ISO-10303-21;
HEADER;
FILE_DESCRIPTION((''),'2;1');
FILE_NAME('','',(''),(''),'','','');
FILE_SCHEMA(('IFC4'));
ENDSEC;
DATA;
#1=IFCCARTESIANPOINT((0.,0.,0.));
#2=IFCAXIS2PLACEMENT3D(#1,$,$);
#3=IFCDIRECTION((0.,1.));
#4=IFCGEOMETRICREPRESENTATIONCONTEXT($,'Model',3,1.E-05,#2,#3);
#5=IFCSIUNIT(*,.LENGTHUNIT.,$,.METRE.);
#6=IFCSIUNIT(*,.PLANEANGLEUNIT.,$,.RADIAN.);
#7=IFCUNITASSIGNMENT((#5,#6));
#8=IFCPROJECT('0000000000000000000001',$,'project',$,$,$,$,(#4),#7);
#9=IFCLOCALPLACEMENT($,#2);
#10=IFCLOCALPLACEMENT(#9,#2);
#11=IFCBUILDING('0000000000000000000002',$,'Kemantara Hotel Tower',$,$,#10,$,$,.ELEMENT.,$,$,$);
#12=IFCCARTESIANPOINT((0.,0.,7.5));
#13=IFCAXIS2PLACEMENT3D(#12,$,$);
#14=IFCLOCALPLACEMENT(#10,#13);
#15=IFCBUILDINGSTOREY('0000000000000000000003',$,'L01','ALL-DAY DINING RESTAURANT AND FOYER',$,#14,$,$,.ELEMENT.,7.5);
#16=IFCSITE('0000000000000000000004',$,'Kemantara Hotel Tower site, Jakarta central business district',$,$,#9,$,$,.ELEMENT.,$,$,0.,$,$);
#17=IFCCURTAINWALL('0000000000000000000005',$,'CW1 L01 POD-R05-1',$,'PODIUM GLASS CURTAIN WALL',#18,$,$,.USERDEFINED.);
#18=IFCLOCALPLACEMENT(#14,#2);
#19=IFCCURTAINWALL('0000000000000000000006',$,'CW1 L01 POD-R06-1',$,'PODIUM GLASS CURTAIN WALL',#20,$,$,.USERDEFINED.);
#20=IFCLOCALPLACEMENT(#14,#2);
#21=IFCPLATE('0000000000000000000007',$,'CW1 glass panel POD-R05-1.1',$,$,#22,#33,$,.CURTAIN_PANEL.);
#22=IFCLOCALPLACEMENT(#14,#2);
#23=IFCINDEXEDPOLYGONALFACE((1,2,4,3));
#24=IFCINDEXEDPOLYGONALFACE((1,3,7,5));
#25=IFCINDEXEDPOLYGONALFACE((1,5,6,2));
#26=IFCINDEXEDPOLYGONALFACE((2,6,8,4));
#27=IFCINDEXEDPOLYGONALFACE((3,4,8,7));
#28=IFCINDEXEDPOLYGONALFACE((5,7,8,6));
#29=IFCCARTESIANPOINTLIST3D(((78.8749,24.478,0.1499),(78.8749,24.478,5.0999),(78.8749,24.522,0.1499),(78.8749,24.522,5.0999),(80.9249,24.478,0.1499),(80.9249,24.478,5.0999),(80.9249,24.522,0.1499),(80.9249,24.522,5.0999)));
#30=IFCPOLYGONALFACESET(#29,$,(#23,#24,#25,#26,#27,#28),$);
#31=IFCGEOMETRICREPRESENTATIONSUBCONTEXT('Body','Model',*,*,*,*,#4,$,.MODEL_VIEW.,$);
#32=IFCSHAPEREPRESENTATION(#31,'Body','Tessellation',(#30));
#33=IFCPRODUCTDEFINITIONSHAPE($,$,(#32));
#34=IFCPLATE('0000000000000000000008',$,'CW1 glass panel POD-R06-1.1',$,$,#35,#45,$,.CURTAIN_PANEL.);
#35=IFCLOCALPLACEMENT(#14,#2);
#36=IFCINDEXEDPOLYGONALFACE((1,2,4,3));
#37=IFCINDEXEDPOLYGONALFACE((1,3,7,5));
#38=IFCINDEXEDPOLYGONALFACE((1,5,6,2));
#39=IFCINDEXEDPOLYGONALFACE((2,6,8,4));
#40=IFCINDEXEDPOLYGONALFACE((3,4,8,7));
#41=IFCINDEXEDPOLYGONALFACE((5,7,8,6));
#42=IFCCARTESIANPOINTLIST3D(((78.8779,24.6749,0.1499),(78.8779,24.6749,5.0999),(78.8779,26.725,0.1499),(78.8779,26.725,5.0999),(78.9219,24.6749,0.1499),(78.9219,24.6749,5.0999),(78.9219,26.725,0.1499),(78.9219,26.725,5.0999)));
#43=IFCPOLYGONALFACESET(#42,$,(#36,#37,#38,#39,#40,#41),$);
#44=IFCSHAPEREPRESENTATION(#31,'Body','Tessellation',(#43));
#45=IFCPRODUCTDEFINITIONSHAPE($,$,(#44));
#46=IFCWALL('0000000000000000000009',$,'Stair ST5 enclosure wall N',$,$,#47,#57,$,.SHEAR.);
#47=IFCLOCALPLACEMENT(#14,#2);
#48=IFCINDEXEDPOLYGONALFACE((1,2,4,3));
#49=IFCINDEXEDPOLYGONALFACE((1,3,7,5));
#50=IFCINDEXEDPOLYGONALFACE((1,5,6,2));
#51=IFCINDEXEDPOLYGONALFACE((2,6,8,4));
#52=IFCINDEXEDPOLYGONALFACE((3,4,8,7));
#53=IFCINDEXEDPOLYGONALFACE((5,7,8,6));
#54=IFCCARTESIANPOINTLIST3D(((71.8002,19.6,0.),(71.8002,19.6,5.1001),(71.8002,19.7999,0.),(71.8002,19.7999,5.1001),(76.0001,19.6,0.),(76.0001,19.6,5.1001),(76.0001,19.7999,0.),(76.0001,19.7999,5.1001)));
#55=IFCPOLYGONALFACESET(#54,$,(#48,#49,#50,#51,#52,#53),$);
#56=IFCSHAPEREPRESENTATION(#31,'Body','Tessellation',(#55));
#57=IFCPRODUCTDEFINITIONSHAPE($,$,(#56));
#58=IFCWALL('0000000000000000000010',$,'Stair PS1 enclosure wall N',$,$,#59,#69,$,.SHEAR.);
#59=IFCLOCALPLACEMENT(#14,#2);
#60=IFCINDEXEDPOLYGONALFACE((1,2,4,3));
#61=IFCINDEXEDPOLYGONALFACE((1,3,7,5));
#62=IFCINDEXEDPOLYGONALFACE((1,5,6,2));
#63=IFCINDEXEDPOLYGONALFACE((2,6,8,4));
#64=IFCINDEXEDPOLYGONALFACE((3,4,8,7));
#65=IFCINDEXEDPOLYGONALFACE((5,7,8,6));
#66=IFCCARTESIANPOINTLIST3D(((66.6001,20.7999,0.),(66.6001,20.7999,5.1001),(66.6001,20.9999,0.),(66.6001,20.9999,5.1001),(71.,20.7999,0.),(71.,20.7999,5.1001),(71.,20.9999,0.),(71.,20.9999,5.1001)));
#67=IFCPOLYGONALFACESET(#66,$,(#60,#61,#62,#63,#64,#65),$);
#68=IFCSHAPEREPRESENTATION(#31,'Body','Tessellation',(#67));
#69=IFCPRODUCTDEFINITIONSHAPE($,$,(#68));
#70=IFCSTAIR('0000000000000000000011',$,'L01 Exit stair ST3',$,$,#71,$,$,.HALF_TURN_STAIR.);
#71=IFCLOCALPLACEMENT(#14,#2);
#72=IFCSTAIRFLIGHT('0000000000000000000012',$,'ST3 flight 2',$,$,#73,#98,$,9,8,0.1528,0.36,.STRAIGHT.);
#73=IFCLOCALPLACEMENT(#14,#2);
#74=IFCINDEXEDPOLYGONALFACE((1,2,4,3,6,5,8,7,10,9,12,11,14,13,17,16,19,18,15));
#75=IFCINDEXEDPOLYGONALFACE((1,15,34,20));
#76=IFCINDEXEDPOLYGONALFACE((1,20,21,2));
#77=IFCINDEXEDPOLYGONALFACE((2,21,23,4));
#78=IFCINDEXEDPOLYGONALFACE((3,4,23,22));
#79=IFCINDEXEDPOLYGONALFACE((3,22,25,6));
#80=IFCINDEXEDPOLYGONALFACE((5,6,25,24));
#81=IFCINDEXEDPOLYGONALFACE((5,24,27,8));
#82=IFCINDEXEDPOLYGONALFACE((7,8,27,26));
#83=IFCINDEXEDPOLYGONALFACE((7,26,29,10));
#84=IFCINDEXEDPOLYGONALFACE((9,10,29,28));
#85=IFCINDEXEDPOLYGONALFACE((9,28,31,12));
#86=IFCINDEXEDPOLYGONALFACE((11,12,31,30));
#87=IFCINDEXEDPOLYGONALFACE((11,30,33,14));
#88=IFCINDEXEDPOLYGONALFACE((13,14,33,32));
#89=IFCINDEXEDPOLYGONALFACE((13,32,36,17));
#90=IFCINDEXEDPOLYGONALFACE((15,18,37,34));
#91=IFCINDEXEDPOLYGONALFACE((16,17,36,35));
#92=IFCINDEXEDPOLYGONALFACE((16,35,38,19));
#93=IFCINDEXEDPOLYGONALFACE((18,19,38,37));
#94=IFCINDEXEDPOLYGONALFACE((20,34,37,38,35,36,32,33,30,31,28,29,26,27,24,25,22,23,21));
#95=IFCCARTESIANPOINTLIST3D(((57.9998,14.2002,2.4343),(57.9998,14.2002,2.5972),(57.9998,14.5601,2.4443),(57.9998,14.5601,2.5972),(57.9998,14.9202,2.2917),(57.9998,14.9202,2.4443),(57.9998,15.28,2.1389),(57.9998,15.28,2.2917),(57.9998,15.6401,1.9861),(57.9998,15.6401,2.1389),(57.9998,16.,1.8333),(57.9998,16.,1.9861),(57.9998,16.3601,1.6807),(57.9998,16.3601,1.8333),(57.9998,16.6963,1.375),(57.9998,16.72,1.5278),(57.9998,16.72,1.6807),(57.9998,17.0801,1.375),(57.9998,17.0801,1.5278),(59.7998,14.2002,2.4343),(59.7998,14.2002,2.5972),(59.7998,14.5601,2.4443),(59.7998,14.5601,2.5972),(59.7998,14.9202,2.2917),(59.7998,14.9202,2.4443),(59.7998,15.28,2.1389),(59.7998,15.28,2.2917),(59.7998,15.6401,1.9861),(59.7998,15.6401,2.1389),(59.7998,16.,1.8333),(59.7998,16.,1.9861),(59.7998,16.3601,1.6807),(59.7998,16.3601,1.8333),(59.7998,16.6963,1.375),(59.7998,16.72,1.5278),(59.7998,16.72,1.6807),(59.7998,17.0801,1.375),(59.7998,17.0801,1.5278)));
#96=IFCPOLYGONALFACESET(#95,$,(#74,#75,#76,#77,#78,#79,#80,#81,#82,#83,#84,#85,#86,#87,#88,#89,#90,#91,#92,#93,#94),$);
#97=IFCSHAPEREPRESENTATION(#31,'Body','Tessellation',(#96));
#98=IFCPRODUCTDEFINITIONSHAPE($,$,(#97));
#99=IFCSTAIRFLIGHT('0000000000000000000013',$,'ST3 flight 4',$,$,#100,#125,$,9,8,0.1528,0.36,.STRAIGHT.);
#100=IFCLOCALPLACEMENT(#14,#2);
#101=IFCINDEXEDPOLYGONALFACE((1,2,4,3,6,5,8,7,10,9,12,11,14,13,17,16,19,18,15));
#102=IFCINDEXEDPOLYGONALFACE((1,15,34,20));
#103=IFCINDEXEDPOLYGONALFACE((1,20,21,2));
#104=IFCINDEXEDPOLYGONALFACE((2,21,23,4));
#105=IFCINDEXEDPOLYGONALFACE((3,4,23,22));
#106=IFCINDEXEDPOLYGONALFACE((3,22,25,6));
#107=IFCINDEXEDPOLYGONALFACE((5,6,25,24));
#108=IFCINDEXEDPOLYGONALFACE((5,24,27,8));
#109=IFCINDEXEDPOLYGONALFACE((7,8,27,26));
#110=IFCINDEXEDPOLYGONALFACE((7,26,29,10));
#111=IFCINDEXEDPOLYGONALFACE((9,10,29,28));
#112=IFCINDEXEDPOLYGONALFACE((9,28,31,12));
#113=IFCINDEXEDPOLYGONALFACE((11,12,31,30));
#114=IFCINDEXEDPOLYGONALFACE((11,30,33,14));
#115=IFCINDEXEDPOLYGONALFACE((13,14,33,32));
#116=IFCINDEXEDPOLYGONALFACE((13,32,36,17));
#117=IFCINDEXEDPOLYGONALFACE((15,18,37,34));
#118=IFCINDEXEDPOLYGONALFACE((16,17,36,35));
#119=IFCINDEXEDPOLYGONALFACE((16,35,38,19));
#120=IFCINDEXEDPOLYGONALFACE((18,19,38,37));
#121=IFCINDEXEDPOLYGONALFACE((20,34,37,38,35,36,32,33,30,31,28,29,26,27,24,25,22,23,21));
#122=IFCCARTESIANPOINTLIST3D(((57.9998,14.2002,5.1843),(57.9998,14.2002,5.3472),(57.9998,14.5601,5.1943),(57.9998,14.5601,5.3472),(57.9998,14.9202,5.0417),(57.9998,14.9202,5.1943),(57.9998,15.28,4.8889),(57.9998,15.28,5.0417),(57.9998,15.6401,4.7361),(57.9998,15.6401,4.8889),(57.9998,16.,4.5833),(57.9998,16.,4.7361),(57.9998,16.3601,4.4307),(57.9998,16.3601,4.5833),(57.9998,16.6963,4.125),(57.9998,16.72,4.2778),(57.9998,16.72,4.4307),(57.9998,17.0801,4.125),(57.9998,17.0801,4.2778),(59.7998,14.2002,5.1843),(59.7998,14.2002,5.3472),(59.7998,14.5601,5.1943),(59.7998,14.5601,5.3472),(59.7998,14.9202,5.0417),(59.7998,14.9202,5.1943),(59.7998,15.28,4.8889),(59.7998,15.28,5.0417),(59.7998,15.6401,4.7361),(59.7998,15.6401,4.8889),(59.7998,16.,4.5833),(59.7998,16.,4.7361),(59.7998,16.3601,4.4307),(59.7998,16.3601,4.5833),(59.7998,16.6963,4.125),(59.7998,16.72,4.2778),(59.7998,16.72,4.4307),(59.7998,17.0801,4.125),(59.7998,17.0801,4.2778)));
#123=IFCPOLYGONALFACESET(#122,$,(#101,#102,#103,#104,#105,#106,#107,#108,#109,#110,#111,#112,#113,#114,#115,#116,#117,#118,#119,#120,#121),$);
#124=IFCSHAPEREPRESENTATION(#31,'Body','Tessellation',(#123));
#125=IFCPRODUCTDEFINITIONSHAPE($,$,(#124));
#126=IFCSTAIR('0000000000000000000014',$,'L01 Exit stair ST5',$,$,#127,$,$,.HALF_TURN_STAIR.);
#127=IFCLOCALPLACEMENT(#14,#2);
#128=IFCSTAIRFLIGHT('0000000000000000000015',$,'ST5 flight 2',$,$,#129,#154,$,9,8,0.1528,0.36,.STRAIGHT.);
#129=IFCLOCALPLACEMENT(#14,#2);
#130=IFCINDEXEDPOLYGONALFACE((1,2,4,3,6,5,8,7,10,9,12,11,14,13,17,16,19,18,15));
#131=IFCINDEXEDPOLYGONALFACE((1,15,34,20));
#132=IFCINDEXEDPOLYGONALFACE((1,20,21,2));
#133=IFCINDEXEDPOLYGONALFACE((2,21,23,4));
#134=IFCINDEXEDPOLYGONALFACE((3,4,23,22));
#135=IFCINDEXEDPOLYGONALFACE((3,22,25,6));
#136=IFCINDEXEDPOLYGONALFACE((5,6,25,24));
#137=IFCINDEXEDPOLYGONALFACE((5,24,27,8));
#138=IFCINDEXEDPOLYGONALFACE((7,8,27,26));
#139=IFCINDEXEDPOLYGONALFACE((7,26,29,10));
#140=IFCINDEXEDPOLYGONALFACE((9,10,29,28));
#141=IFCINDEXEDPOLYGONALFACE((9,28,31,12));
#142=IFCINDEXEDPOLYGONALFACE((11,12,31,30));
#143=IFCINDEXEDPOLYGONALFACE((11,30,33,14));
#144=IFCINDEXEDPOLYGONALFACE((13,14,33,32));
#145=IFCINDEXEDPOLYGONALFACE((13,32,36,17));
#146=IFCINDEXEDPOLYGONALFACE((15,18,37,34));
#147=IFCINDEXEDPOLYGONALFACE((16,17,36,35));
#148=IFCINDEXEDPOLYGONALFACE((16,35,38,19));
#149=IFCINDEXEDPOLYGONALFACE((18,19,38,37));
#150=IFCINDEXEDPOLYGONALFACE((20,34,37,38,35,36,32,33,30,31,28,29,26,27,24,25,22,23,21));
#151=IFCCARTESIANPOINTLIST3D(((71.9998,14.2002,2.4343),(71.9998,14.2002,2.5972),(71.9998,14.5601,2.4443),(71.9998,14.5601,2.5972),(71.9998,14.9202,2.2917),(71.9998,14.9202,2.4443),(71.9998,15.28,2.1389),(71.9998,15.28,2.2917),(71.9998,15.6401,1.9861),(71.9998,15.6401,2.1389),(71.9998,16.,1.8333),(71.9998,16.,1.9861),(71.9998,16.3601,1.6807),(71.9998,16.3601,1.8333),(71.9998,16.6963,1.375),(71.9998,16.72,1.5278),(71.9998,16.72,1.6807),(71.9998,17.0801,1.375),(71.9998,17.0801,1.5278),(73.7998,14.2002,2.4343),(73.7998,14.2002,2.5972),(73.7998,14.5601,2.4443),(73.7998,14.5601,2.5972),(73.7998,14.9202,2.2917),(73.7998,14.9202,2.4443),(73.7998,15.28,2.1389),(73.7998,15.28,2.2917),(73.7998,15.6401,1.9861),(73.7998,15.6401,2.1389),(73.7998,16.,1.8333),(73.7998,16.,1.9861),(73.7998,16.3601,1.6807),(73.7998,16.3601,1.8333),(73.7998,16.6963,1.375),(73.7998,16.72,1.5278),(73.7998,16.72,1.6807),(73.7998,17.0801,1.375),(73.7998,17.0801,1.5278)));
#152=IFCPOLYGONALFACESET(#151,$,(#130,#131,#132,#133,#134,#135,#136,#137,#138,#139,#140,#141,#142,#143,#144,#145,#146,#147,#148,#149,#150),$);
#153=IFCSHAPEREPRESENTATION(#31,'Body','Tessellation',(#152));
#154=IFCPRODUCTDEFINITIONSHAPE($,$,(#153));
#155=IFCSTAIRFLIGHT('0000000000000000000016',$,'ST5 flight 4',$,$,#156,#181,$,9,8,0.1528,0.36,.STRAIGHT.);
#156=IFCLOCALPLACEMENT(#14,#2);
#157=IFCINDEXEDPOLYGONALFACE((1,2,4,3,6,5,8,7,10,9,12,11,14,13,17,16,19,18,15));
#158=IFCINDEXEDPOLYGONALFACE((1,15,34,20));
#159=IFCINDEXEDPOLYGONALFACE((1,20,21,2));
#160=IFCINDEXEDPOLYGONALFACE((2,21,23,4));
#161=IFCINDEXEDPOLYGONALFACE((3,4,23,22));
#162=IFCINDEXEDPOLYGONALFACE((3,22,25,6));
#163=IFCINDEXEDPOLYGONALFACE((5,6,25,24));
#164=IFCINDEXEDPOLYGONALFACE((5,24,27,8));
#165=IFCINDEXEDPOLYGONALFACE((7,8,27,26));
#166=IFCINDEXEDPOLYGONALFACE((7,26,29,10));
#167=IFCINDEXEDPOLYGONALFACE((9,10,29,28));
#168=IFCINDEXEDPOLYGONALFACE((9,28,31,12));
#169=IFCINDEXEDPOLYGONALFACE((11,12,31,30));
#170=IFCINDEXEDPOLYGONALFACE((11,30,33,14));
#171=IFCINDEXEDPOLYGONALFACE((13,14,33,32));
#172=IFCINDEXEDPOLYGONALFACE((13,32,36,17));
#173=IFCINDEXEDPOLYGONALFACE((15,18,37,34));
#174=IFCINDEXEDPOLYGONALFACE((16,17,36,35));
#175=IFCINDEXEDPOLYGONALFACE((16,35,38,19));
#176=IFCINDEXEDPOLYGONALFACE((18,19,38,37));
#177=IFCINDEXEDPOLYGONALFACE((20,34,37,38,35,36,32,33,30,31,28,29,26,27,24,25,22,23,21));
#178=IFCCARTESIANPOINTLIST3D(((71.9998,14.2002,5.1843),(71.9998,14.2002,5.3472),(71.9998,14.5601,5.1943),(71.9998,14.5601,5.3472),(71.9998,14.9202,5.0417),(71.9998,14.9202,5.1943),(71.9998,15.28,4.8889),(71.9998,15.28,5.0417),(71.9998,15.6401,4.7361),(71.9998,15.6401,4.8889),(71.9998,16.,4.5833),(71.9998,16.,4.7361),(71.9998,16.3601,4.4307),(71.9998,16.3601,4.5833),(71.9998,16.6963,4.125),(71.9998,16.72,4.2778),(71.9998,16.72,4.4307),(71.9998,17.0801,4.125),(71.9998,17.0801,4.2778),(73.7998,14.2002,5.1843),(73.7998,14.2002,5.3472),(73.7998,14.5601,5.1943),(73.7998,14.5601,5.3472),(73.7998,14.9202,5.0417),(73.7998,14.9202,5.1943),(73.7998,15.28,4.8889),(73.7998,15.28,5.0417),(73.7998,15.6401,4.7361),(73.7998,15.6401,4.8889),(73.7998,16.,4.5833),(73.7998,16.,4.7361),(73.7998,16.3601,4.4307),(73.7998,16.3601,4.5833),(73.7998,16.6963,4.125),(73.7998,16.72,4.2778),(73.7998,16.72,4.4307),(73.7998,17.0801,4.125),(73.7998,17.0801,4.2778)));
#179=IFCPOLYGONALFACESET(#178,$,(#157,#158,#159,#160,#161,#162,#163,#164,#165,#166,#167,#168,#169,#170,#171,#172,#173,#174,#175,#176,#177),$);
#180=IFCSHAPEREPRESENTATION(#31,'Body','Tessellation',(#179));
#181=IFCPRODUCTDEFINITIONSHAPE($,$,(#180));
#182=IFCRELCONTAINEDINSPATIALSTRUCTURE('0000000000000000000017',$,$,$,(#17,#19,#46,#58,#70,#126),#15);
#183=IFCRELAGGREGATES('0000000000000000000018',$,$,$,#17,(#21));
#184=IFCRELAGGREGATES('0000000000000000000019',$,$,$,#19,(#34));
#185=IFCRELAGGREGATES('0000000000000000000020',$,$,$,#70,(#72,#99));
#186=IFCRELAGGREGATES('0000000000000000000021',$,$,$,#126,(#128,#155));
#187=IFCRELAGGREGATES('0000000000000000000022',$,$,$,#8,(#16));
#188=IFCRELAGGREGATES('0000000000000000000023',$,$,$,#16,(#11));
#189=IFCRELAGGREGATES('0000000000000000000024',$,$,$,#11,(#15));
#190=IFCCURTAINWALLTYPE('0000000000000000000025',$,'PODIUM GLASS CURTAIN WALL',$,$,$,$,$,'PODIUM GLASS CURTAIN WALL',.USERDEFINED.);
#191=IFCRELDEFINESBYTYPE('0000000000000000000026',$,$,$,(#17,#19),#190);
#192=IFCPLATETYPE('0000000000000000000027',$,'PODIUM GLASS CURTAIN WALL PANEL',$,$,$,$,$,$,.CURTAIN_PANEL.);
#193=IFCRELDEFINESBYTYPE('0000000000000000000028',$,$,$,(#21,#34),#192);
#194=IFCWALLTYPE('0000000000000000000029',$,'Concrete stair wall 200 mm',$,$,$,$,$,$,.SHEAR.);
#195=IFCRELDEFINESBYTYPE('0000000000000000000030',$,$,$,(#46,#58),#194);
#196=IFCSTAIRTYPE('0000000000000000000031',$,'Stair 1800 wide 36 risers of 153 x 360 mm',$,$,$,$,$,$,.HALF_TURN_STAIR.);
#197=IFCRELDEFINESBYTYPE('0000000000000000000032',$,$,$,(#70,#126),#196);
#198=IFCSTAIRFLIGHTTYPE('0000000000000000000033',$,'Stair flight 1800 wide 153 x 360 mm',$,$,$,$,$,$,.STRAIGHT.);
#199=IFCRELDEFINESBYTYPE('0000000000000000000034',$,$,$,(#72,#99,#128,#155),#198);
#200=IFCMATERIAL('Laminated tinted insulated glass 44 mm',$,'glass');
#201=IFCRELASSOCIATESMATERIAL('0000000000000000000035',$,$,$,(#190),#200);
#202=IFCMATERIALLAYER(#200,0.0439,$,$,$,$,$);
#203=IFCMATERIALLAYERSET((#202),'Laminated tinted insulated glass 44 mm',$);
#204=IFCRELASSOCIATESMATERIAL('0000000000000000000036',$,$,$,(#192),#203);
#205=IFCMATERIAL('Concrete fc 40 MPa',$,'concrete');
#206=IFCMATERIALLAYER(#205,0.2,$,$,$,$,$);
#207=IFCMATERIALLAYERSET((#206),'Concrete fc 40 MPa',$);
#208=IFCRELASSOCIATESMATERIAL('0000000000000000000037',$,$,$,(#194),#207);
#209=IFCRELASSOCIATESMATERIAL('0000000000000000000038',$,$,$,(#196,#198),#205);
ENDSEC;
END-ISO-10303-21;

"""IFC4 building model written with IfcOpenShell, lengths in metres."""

from ifc_helpers import new_model, si_unit, direction, frame, frame_2d, origin, origin_2d, place, context, subcontext, project, spatial, polyline, rectangle, outline, extrude, source, transform, mapped, material, layer, layer_set, type_object, element, aggregate, save


model = new_model("IFC4")

# Units and contexts
model_context = context("Model", 3, precision=1e-05, world=origin(), true_north=direction((0.0, 1.0)))
body_context = subcontext(model_context, "Body", "Model", "MODEL_VIEW")
ifc_project = project(units=[si_unit("LENGTHUNIT", "METRE"), si_unit("PLANEANGLEUNIT", "RADIAN")], contexts=[model_context])

# Site, building, storey
site_placement = place(None, origin())
site = spatial("IfcSite", under=ifc_project, at=site_placement, Name="Kemantara Hotel Tower site, Jakarta central business district", CompositionType="ELEMENT", RefElevation=0.0)
building_placement = place(site_placement, origin())
building = spatial("IfcBuilding", under=site, at=building_placement, Name="Kemantara Hotel Tower", CompositionType="ELEMENT")
storey_placement = place(building_placement, frame((0.0, 0.0, 7.5)))
storey = spatial("IfcBuildingStorey", under=building, at=storey_placement, Name="L01", Description="ALL-DAY DINING RESTAURANT AND FOYER", CompositionType="ELEMENT", Elevation=7.5)

# Curtain walls
ifc_material_1 = material(Name="Laminated tinted insulated glass 44 mm", Category="glass")
curtain_wall_type = type_object("IfcCurtainWallType", Name="PODIUM GLASS CURTAIN WALL", ElementType="PODIUM GLASS CURTAIN WALL", PredefinedType="USERDEFINED", material=ifc_material_1)
curtain_wall_1_placement = place(storey_placement, origin())
curtain_wall_1 = element("IfcCurtainWall", 1, at=curtain_wall_1_placement, inside=storey, type_object=curtain_wall_type, Name="CW1 L01 POD-R05-1", ObjectType="PODIUM GLASS CURTAIN WALL", PredefinedType="USERDEFINED")
curtain_wall_2_placement = place(storey_placement, origin())
curtain_wall_2 = element("IfcCurtainWall", 2, at=curtain_wall_2_placement, inside=storey, type_object=curtain_wall_type, Name="CW1 L01 POD-R06-1", ObjectType="PODIUM GLASS CURTAIN WALL", PredefinedType="USERDEFINED")

# Plates
ifc_layer_1 = layer(ifc_material_1, 0.0439)
ifc_layer_set_1 = layer_set([ifc_layer_1], Name="Laminated tinted insulated glass 44 mm")
plate_type = type_object("IfcPlateType", Name="PODIUM GLASS CURTAIN WALL PANEL", PredefinedType="CURTAIN_PANEL", material=ifc_layer_set_1)
shared_shape_1 = source(origin(), body_context, "Body", "SweptSolid", [
    extrude(rectangle(XDim=2.05, YDim=0.0439, at=origin_2d()), origin(), (0.0, 0.0, 1.0), 4.95),
])
plate_1_placement = place(storey_placement, frame((79.8999, 24.5, 0.1499), z_axis=(0.0, 0.0, 1.0), x_axis=(-1.0, 0.0, 0.0)))
plate_1 = element("IfcPlate", 3, at=plate_1_placement, type_object=plate_type, Name="CW1 glass panel POD-R05-1.1", PredefinedType="CURTAIN_PANEL", context=body_context, shape_type="MappedRepresentation", body=[
    mapped(shared_shape_1, transform((0.0, 0.0, 0.0))),
])
aggregate(curtain_wall_1, [plate_1])
plate_2_placement = place(storey_placement, frame((78.8999, 25.7, 0.1499), z_axis=(0.0, 0.0, 1.0), x_axis=(0.0, 1.0, 0.0)))
plate_2 = element("IfcPlate", 4, at=plate_2_placement, type_object=plate_type, Name="CW1 glass panel POD-R06-1.1", PredefinedType="CURTAIN_PANEL", context=body_context, shape_type="MappedRepresentation", body=[
    mapped(shared_shape_1, transform((0.0, 0.0, 0.0))),
])
aggregate(curtain_wall_2, [plate_2])

# Walls
ifc_material_2 = material(Name="Concrete fc 40 MPa", Category="concrete")
ifc_layer_2 = layer(ifc_material_2, 0.2)
ifc_layer_set_2 = layer_set([ifc_layer_2], Name="Concrete fc 40 MPa")
wall_type = type_object("IfcWallType", Name="Concrete stair wall 200 mm", PredefinedType="SHEAR", material=ifc_layer_set_2)
wall_1_placement = place(storey_placement, frame((71.8, 19.7, 0.0), z_axis=(0.0, 0.0, 1.0), x_axis=(1.0, 0.0, 0.0)))
element("IfcWall", 5, at=wall_1_placement, inside=storey, type_object=wall_type, Name="Stair ST5 enclosure wall N", PredefinedType="SHEAR", context=body_context, shape_type="SweptSolid", body=[
    extrude(rectangle(XDim=4.2, YDim=0.2, at=frame_2d((2.1001, 0.0))), origin(), (0.0, 0.0, 1.0), 5.1001),
])
wall_2_placement = place(storey_placement, frame((66.6001, 20.8999, 0.0), z_axis=(0.0, 0.0, 1.0), x_axis=(1.0, 0.0, 0.0)))
element("IfcWall", 6, at=wall_2_placement, inside=storey, type_object=wall_type, Name="Stair PS1 enclosure wall N", PredefinedType="SHEAR", context=body_context, shape_type="SweptSolid", body=[
    extrude(rectangle(XDim=4.3999, YDim=0.2, at=frame_2d((2.2, 0.0))), origin(), (0.0, 0.0, 1.0), 5.1001),
])

# Stairs, stair flights
stair_type = type_object("IfcStairType", Name="Stair 1800 wide 36 risers of 153 x 360 mm", PredefinedType="HALF_TURN_STAIR", material=ifc_material_2)
stair_1_placement = place(storey_placement, origin())
stair_1 = element("IfcStair", 7, at=stair_1_placement, inside=storey, type_object=stair_type, Name="L01 Exit stair ST3", PredefinedType="HALF_TURN_STAIR")
stair_flight_type = type_object("IfcStairFlightType", Name="Stair flight 1800 wide 153 x 360 mm", PredefinedType="STRAIGHT", material=ifc_material_2)
stair_flight_1_placement = place(storey_placement, frame((58.8999, 17.0801, 1.375), z_axis=(0.0, 0.0, 1.0), x_axis=(0.0, -1.0, 0.0)))
stair_flight_1 = element("IfcStairFlight", 8, at=stair_flight_1_placement, type_object=stair_flight_type, Name="ST3 flight 2", NumberOfRisers=9, NumberOfTreads=8, PredefinedType="STRAIGHT", RiserHeight=0.1528, TreadLength=0.36, context=body_context, shape_type="SweptSolid", body=[
    extrude(outline(polyline([(0.0, 0.0), (0.0, 0.1528), (0.3601, 0.1528), (0.3601, 0.3057), (0.72, 0.3057), (0.72, 0.4583), (1.0801, 0.4583), (1.0801, 0.6111), (1.4399, 0.6111), (1.4399, 0.7639), (1.8, 0.7639), (1.8, 0.9167), (2.1599, 0.9167), (2.1599, 1.0693), (2.52, 1.0693), (2.52, 1.2222), (2.8799, 1.2222), (2.8799, 1.375), (2.8799, 1.0593), (0.3838, 0.0), (0.0, 0.0)])), frame((0.0, 0.8999, 0.0), z_axis=(0.0, -1.0, 0.0), x_axis=(1.0, 0.0, 0.0)), (0.0, 0.0, 1.0), 1.8),
])
stair_flight_2_placement = place(storey_placement, frame((58.8999, 17.0801, 4.125), z_axis=(0.0, 0.0, 1.0), x_axis=(0.0, -1.0, 0.0)))
stair_flight_2 = element("IfcStairFlight", 9, at=stair_flight_2_placement, type_object=stair_flight_type, Name="ST3 flight 4", NumberOfRisers=9, NumberOfTreads=8, PredefinedType="STRAIGHT", RiserHeight=0.1528, TreadLength=0.36, context=body_context, shape_type="SweptSolid", body=[
    extrude(outline(polyline([(0.0, 0.0), (0.0, 0.1528), (0.3601, 0.1528), (0.3601, 0.3057), (0.72, 0.3057), (0.72, 0.4583), (1.0801, 0.4583), (1.0801, 0.6111), (1.4399, 0.6111), (1.4399, 0.7639), (1.8, 0.7639), (1.8, 0.9167), (2.1599, 0.9167), (2.1599, 1.0693), (2.52, 1.0693), (2.52, 1.2222), (2.8799, 1.2222), (2.8799, 1.375), (2.8799, 1.0593), (0.3838, 0.0), (0.0, 0.0)])), frame((0.0, 0.8999, 0.0), z_axis=(0.0, -1.0, 0.0), x_axis=(1.0, 0.0, 0.0)), (0.0, 0.0, 1.0), 1.8),
])
aggregate(stair_1, [stair_flight_1, stair_flight_2])
stair_2_placement = place(storey_placement, origin())
stair_2 = element("IfcStair", 10, at=stair_2_placement, inside=storey, type_object=stair_type, Name="L01 Exit stair ST5", PredefinedType="HALF_TURN_STAIR")
stair_flight_3_placement = place(storey_placement, frame((72.8999, 17.0801, 1.375), z_axis=(0.0, 0.0, 1.0), x_axis=(0.0, -1.0, 0.0)))
stair_flight_3 = element("IfcStairFlight", 11, at=stair_flight_3_placement, type_object=stair_flight_type, Name="ST5 flight 2", NumberOfRisers=9, NumberOfTreads=8, PredefinedType="STRAIGHT", RiserHeight=0.1528, TreadLength=0.36, context=body_context, shape_type="SweptSolid", body=[
    extrude(outline(polyline([(0.0, 0.0), (0.0, 0.1528), (0.3601, 0.1528), (0.3601, 0.3057), (0.72, 0.3057), (0.72, 0.4583), (1.0801, 0.4583), (1.0801, 0.6111), (1.4399, 0.6111), (1.4399, 0.7639), (1.8, 0.7639), (1.8, 0.9167), (2.1599, 0.9167), (2.1599, 1.0693), (2.52, 1.0693), (2.52, 1.2222), (2.8799, 1.2222), (2.8799, 1.375), (2.8799, 1.0593), (0.3838, 0.0), (0.0, 0.0)])), frame((0.0, 0.8999, 0.0), z_axis=(0.0, -1.0, 0.0), x_axis=(1.0, 0.0, 0.0)), (0.0, 0.0, 1.0), 1.8),
])
stair_flight_4_placement = place(storey_placement, frame((72.8999, 17.0801, 4.125), z_axis=(0.0, 0.0, 1.0), x_axis=(0.0, -1.0, 0.0)))
stair_flight_4 = element("IfcStairFlight", 12, at=stair_flight_4_placement, type_object=stair_flight_type, Name="ST5 flight 4", NumberOfRisers=9, NumberOfTreads=8, PredefinedType="STRAIGHT", RiserHeight=0.1528, TreadLength=0.36, context=body_context, shape_type="SweptSolid", body=[
    extrude(outline(polyline([(0.0, 0.0), (0.0, 0.1528), (0.3601, 0.1528), (0.3601, 0.3057), (0.72, 0.3057), (0.72, 0.4583), (1.0801, 0.4583), (1.0801, 0.6111), (1.4399, 0.6111), (1.4399, 0.7639), (1.8, 0.7639), (1.8, 0.9167), (2.1599, 0.9167), (2.1599, 1.0693), (2.52, 1.0693), (2.52, 1.2222), (2.8799, 1.2222), (2.8799, 1.375), (2.8799, 1.0593), (0.3838, 0.0), (0.0, 0.0)])), frame((0.0, 0.8999, 0.0), z_axis=(0.0, -1.0, 0.0), x_axis=(1.0, 0.0, 0.0)), (0.0, 0.0, 1.0), 1.8),
])
aggregate(stair_2, [stair_flight_3, stair_flight_4])

save(model, "model.ifc")
